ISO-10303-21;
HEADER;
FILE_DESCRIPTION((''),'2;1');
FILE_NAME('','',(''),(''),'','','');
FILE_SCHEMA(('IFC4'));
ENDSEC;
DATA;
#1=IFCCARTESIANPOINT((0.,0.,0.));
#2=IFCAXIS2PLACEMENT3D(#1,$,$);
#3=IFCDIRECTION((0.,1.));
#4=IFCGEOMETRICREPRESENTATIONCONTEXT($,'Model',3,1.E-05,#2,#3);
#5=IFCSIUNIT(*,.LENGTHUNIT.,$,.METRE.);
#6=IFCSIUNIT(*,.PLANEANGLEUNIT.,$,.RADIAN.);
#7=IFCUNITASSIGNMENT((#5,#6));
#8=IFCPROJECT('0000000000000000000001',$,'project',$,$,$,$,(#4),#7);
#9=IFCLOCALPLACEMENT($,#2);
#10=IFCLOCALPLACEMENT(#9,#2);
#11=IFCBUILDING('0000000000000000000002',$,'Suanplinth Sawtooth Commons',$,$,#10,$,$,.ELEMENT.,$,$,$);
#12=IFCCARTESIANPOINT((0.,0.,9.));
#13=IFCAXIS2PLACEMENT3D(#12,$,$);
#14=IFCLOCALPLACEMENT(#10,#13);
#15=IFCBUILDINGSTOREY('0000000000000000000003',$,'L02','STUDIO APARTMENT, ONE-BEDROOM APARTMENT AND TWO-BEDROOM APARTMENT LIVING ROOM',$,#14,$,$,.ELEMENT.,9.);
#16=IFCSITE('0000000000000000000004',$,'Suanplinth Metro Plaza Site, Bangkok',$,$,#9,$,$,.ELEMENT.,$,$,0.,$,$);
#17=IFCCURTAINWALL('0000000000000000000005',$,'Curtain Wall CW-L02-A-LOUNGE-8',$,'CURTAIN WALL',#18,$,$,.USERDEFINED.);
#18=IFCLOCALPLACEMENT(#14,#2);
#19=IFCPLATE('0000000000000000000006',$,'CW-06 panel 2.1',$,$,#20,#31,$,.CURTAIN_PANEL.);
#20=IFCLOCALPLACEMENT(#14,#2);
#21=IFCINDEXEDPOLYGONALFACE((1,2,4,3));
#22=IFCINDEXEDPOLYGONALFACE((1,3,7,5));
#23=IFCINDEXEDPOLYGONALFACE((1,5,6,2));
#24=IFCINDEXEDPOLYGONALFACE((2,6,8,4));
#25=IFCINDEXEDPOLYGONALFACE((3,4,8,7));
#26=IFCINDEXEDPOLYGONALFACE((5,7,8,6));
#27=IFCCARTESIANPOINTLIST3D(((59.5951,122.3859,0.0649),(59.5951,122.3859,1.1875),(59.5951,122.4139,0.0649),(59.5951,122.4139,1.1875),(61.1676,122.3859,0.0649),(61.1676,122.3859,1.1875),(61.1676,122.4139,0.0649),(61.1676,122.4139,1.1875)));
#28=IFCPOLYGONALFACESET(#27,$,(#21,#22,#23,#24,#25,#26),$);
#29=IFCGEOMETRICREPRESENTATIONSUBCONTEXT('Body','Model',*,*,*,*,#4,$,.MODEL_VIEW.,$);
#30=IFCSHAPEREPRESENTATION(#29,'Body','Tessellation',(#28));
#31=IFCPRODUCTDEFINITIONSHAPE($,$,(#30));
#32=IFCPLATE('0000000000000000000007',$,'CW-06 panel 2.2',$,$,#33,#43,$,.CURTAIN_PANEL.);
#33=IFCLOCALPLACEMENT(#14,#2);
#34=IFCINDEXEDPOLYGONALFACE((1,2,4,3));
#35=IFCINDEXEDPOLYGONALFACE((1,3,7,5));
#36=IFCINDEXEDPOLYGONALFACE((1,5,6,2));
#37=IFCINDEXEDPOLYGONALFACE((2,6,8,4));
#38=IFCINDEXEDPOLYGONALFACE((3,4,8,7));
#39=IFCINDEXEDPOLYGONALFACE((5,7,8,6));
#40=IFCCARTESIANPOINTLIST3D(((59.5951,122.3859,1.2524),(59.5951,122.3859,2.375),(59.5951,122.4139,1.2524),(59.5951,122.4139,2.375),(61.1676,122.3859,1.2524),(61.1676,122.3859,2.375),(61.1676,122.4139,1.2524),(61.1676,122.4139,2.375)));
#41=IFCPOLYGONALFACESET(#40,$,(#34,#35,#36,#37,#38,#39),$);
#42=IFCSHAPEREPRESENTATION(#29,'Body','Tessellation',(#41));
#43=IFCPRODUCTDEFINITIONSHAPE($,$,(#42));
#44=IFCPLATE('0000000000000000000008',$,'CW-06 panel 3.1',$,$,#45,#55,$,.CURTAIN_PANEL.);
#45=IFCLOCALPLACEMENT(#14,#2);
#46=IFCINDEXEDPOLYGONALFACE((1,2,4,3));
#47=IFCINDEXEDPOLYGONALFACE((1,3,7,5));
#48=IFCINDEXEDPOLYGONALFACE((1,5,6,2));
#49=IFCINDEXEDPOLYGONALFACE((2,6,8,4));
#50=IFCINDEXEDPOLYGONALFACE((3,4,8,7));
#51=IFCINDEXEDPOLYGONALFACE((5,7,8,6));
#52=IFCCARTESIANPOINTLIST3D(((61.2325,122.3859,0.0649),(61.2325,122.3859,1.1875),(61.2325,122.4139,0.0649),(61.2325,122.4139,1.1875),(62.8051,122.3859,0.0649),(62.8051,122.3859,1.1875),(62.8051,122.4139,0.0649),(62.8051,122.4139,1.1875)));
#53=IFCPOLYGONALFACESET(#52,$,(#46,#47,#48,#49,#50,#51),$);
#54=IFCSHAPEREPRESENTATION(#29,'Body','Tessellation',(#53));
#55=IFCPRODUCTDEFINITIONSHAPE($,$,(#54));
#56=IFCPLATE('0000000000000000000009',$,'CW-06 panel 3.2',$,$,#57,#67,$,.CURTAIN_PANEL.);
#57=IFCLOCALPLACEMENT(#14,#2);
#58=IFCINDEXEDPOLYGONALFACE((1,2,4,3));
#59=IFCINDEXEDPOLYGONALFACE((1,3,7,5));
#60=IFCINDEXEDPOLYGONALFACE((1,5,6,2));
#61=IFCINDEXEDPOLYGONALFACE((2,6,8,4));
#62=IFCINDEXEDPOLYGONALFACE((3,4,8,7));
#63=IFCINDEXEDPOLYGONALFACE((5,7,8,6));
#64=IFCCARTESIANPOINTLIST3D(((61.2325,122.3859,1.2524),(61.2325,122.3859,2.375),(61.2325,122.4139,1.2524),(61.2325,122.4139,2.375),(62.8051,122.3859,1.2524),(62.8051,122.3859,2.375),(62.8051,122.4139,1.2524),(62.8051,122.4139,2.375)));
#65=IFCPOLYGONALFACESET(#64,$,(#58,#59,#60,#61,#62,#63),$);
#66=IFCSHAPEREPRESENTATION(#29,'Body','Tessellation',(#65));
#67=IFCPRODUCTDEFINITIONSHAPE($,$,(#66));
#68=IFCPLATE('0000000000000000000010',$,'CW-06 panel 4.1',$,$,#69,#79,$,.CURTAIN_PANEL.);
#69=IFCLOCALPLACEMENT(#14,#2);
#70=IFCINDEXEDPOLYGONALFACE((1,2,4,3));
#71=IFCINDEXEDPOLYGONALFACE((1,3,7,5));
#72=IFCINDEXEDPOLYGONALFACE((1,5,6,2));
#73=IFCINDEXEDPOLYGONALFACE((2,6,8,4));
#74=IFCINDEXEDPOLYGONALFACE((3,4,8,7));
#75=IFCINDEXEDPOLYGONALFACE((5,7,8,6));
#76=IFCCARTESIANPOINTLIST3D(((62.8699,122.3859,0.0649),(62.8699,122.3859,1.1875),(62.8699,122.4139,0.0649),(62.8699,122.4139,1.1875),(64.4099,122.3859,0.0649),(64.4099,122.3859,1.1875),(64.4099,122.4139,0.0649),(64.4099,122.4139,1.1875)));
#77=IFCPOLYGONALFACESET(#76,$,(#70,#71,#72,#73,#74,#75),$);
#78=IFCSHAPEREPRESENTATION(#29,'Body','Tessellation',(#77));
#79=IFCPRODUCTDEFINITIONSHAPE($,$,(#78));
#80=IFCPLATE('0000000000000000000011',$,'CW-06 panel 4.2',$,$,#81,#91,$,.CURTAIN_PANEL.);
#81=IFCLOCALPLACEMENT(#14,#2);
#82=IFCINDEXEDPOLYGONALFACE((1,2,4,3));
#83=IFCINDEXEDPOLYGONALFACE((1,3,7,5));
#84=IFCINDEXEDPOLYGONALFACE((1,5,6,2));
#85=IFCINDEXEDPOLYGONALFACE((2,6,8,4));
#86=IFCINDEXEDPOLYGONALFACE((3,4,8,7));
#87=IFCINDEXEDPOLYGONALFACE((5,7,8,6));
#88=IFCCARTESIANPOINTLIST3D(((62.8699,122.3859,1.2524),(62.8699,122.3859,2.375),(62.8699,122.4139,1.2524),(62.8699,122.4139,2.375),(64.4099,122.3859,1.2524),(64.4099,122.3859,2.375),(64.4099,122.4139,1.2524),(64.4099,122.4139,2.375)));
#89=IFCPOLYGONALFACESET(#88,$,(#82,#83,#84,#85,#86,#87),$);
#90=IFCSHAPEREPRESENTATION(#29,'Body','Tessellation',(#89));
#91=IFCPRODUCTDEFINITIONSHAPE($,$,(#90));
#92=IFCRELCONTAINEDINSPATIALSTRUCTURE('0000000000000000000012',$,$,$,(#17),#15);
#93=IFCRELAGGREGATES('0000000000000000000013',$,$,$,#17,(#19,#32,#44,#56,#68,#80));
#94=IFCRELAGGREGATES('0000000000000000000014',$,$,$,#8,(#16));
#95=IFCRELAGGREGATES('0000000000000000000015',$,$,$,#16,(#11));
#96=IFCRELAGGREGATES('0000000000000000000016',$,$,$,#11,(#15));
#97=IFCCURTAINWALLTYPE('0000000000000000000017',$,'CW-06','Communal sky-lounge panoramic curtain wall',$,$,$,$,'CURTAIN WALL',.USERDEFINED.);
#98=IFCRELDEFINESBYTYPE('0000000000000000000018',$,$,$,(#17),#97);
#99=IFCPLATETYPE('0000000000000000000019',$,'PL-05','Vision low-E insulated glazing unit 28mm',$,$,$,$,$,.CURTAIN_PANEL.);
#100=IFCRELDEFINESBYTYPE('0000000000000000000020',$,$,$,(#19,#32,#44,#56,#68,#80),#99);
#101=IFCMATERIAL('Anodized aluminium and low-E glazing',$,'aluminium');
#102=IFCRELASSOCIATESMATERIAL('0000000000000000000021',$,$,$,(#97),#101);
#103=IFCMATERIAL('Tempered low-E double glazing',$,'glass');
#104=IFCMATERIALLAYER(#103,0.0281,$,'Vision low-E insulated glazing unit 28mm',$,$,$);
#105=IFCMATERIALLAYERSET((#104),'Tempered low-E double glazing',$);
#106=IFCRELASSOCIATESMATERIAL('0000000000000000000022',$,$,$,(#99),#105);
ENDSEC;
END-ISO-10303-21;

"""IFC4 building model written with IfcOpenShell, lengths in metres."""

from ifc_helpers import new_model, si_unit, direction, frame, origin, origin_2d, place, context, subcontext, project, spatial, rectangle, extrude, material, layer, layer_set, type_object, element, aggregate, save


model = new_model("IFC4")

# Units and contexts
model_context = context("Model", 3, precision=1e-05, world=origin(), true_north=direction((0.0, 1.0)))
body_context = subcontext(model_context, "Body", "Model", "MODEL_VIEW")
ifc_project = project(units=[si_unit("LENGTHUNIT", "METRE"), si_unit("PLANEANGLEUNIT", "RADIAN")], contexts=[model_context])

# Site, building, storey
site_placement = place(None, origin())
site = spatial("IfcSite", under=ifc_project, at=site_placement, Name="Suanplinth Metro Plaza Site, Bangkok", CompositionType="ELEMENT", RefElevation=0.0)
building_placement = place(site_placement, origin())
building = spatial("IfcBuilding", under=site, at=building_placement, Name="Suanplinth Sawtooth Commons", CompositionType="ELEMENT")
storey_placement = place(building_placement, frame((0.0, 0.0, 9.0)))
storey = spatial("IfcBuildingStorey", under=building, at=storey_placement, Name="L02", Description="STUDIO APARTMENT, ONE-BEDROOM APARTMENT AND TWO-BEDROOM APARTMENT LIVING ROOM", CompositionType="ELEMENT", Elevation=9.0)

# Curtain wall
ifc_material_1 = material(Name="Anodized aluminium and low-E glazing", Category="aluminium")
curtain_wall_type = type_object("IfcCurtainWallType", Name="CW-06", Description="Communal sky-lounge panoramic curtain wall", ElementType="CURTAIN WALL", PredefinedType="USERDEFINED", material=ifc_material_1)
curtain_wall_placement = place(storey_placement, origin())
curtain_wall = element("IfcCurtainWall", 1, at=curtain_wall_placement, inside=storey, type_object=curtain_wall_type, Name="Curtain Wall CW-L02-A-LOUNGE-8", ObjectType="CURTAIN WALL", PredefinedType="USERDEFINED")

# Plates
ifc_material_2 = material(Name="Tempered low-E double glazing", Category="glass")
ifc_layer_1 = layer(ifc_material_2, 0.0281, Name="Vision low-E insulated glazing unit 28mm")
ifc_layer_set_1 = layer_set([ifc_layer_1], Name="Tempered low-E double glazing")
plate_type_1 = type_object("IfcPlateType", Name="PL-05", Description="Vision low-E insulated glazing unit 28mm", PredefinedType="CURTAIN_PANEL", material=ifc_layer_set_1)
plate_1_placement = place(storey_placement, frame((60.3813, 122.3999, 0.0649), z_axis=(0.0, 0.0, 1.0), x_axis=(1.0, 0.0, 0.0)))
plate_1 = element("IfcPlate", 2, at=plate_1_placement, type_object=plate_type_1, Name="CW-06 panel 2.1", PredefinedType="CURTAIN_PANEL", context=body_context, shape_type="SweptSolid", body=[
    extrude(rectangle(XDim=1.5725, YDim=0.0281, at=origin_2d()), origin(), (0.0, 0.0, 1.0), 1.1226),
])
plate_2_placement = place(storey_placement, frame((60.3813, 122.3999, 1.2524), z_axis=(0.0, 0.0, 1.0), x_axis=(1.0, 0.0, 0.0)))
plate_2 = element("IfcPlate", 3, at=plate_2_placement, type_object=plate_type_1, Name="CW-06 panel 2.2", PredefinedType="CURTAIN_PANEL", context=body_context, shape_type="SweptSolid", body=[
    extrude(rectangle(XDim=1.5725, YDim=0.0281, at=origin_2d()), origin(), (0.0, 0.0, 1.0), 1.1226),
])
plate_3_placement = place(storey_placement, frame((62.0188, 122.3999, 0.0649), z_axis=(0.0, 0.0, 1.0), x_axis=(1.0, 0.0, 0.0)))
plate_3 = element("IfcPlate", 4, at=plate_3_placement, type_object=plate_type_1, Name="CW-06 panel 3.1", PredefinedType="CURTAIN_PANEL", context=body_context, shape_type="SweptSolid", body=[
    extrude(rectangle(XDim=1.5725, YDim=0.0281, at=origin_2d()), origin(), (0.0, 0.0, 1.0), 1.1226),
])
plate_4_placement = place(storey_placement, frame((62.0188, 122.3999, 1.2524), z_axis=(0.0, 0.0, 1.0), x_axis=(1.0, 0.0, 0.0)))
plate_4 = element("IfcPlate", 5, at=plate_4_placement, type_object=plate_type_1, Name="CW-06 panel 3.2", PredefinedType="CURTAIN_PANEL", context=body_context, shape_type="SweptSolid", body=[
    extrude(rectangle(XDim=1.5725, YDim=0.0281, at=origin_2d()), origin(), (0.0, 0.0, 1.0), 1.1226),
])
plate_5_placement = place(storey_placement, frame((63.6399, 122.3999, 0.0649), z_axis=(0.0, 0.0, 1.0), x_axis=(1.0, 0.0, 0.0)))
plate_5 = element("IfcPlate", 6, at=plate_5_placement, type_object=plate_type_1, Name="CW-06 panel 4.1", PredefinedType="CURTAIN_PANEL", context=body_context, shape_type="SweptSolid", body=[
    extrude(rectangle(XDim=1.54, YDim=0.0281, at=origin_2d()), origin(), (0.0, 0.0, 1.0), 1.1226),
])
plate_6_placement = place(storey_placement, frame((63.6399, 122.3999, 1.2524), z_axis=(0.0, 0.0, 1.0), x_axis=(1.0, 0.0, 0.0)))
plate_6 = element("IfcPlate", 7, at=plate_6_placement, type_object=plate_type_1, Name="CW-06 panel 4.2", PredefinedType="CURTAIN_PANEL", context=body_context, shape_type="SweptSolid", body=[
    extrude(rectangle(XDim=1.54, YDim=0.0281, at=origin_2d()), origin(), (0.0, 0.0, 1.0), 1.1226),
])
aggregate(curtain_wall, [plate_1, plate_2, plate_3, plate_4, plate_5, plate_6])

save(model, "model.ifc")
